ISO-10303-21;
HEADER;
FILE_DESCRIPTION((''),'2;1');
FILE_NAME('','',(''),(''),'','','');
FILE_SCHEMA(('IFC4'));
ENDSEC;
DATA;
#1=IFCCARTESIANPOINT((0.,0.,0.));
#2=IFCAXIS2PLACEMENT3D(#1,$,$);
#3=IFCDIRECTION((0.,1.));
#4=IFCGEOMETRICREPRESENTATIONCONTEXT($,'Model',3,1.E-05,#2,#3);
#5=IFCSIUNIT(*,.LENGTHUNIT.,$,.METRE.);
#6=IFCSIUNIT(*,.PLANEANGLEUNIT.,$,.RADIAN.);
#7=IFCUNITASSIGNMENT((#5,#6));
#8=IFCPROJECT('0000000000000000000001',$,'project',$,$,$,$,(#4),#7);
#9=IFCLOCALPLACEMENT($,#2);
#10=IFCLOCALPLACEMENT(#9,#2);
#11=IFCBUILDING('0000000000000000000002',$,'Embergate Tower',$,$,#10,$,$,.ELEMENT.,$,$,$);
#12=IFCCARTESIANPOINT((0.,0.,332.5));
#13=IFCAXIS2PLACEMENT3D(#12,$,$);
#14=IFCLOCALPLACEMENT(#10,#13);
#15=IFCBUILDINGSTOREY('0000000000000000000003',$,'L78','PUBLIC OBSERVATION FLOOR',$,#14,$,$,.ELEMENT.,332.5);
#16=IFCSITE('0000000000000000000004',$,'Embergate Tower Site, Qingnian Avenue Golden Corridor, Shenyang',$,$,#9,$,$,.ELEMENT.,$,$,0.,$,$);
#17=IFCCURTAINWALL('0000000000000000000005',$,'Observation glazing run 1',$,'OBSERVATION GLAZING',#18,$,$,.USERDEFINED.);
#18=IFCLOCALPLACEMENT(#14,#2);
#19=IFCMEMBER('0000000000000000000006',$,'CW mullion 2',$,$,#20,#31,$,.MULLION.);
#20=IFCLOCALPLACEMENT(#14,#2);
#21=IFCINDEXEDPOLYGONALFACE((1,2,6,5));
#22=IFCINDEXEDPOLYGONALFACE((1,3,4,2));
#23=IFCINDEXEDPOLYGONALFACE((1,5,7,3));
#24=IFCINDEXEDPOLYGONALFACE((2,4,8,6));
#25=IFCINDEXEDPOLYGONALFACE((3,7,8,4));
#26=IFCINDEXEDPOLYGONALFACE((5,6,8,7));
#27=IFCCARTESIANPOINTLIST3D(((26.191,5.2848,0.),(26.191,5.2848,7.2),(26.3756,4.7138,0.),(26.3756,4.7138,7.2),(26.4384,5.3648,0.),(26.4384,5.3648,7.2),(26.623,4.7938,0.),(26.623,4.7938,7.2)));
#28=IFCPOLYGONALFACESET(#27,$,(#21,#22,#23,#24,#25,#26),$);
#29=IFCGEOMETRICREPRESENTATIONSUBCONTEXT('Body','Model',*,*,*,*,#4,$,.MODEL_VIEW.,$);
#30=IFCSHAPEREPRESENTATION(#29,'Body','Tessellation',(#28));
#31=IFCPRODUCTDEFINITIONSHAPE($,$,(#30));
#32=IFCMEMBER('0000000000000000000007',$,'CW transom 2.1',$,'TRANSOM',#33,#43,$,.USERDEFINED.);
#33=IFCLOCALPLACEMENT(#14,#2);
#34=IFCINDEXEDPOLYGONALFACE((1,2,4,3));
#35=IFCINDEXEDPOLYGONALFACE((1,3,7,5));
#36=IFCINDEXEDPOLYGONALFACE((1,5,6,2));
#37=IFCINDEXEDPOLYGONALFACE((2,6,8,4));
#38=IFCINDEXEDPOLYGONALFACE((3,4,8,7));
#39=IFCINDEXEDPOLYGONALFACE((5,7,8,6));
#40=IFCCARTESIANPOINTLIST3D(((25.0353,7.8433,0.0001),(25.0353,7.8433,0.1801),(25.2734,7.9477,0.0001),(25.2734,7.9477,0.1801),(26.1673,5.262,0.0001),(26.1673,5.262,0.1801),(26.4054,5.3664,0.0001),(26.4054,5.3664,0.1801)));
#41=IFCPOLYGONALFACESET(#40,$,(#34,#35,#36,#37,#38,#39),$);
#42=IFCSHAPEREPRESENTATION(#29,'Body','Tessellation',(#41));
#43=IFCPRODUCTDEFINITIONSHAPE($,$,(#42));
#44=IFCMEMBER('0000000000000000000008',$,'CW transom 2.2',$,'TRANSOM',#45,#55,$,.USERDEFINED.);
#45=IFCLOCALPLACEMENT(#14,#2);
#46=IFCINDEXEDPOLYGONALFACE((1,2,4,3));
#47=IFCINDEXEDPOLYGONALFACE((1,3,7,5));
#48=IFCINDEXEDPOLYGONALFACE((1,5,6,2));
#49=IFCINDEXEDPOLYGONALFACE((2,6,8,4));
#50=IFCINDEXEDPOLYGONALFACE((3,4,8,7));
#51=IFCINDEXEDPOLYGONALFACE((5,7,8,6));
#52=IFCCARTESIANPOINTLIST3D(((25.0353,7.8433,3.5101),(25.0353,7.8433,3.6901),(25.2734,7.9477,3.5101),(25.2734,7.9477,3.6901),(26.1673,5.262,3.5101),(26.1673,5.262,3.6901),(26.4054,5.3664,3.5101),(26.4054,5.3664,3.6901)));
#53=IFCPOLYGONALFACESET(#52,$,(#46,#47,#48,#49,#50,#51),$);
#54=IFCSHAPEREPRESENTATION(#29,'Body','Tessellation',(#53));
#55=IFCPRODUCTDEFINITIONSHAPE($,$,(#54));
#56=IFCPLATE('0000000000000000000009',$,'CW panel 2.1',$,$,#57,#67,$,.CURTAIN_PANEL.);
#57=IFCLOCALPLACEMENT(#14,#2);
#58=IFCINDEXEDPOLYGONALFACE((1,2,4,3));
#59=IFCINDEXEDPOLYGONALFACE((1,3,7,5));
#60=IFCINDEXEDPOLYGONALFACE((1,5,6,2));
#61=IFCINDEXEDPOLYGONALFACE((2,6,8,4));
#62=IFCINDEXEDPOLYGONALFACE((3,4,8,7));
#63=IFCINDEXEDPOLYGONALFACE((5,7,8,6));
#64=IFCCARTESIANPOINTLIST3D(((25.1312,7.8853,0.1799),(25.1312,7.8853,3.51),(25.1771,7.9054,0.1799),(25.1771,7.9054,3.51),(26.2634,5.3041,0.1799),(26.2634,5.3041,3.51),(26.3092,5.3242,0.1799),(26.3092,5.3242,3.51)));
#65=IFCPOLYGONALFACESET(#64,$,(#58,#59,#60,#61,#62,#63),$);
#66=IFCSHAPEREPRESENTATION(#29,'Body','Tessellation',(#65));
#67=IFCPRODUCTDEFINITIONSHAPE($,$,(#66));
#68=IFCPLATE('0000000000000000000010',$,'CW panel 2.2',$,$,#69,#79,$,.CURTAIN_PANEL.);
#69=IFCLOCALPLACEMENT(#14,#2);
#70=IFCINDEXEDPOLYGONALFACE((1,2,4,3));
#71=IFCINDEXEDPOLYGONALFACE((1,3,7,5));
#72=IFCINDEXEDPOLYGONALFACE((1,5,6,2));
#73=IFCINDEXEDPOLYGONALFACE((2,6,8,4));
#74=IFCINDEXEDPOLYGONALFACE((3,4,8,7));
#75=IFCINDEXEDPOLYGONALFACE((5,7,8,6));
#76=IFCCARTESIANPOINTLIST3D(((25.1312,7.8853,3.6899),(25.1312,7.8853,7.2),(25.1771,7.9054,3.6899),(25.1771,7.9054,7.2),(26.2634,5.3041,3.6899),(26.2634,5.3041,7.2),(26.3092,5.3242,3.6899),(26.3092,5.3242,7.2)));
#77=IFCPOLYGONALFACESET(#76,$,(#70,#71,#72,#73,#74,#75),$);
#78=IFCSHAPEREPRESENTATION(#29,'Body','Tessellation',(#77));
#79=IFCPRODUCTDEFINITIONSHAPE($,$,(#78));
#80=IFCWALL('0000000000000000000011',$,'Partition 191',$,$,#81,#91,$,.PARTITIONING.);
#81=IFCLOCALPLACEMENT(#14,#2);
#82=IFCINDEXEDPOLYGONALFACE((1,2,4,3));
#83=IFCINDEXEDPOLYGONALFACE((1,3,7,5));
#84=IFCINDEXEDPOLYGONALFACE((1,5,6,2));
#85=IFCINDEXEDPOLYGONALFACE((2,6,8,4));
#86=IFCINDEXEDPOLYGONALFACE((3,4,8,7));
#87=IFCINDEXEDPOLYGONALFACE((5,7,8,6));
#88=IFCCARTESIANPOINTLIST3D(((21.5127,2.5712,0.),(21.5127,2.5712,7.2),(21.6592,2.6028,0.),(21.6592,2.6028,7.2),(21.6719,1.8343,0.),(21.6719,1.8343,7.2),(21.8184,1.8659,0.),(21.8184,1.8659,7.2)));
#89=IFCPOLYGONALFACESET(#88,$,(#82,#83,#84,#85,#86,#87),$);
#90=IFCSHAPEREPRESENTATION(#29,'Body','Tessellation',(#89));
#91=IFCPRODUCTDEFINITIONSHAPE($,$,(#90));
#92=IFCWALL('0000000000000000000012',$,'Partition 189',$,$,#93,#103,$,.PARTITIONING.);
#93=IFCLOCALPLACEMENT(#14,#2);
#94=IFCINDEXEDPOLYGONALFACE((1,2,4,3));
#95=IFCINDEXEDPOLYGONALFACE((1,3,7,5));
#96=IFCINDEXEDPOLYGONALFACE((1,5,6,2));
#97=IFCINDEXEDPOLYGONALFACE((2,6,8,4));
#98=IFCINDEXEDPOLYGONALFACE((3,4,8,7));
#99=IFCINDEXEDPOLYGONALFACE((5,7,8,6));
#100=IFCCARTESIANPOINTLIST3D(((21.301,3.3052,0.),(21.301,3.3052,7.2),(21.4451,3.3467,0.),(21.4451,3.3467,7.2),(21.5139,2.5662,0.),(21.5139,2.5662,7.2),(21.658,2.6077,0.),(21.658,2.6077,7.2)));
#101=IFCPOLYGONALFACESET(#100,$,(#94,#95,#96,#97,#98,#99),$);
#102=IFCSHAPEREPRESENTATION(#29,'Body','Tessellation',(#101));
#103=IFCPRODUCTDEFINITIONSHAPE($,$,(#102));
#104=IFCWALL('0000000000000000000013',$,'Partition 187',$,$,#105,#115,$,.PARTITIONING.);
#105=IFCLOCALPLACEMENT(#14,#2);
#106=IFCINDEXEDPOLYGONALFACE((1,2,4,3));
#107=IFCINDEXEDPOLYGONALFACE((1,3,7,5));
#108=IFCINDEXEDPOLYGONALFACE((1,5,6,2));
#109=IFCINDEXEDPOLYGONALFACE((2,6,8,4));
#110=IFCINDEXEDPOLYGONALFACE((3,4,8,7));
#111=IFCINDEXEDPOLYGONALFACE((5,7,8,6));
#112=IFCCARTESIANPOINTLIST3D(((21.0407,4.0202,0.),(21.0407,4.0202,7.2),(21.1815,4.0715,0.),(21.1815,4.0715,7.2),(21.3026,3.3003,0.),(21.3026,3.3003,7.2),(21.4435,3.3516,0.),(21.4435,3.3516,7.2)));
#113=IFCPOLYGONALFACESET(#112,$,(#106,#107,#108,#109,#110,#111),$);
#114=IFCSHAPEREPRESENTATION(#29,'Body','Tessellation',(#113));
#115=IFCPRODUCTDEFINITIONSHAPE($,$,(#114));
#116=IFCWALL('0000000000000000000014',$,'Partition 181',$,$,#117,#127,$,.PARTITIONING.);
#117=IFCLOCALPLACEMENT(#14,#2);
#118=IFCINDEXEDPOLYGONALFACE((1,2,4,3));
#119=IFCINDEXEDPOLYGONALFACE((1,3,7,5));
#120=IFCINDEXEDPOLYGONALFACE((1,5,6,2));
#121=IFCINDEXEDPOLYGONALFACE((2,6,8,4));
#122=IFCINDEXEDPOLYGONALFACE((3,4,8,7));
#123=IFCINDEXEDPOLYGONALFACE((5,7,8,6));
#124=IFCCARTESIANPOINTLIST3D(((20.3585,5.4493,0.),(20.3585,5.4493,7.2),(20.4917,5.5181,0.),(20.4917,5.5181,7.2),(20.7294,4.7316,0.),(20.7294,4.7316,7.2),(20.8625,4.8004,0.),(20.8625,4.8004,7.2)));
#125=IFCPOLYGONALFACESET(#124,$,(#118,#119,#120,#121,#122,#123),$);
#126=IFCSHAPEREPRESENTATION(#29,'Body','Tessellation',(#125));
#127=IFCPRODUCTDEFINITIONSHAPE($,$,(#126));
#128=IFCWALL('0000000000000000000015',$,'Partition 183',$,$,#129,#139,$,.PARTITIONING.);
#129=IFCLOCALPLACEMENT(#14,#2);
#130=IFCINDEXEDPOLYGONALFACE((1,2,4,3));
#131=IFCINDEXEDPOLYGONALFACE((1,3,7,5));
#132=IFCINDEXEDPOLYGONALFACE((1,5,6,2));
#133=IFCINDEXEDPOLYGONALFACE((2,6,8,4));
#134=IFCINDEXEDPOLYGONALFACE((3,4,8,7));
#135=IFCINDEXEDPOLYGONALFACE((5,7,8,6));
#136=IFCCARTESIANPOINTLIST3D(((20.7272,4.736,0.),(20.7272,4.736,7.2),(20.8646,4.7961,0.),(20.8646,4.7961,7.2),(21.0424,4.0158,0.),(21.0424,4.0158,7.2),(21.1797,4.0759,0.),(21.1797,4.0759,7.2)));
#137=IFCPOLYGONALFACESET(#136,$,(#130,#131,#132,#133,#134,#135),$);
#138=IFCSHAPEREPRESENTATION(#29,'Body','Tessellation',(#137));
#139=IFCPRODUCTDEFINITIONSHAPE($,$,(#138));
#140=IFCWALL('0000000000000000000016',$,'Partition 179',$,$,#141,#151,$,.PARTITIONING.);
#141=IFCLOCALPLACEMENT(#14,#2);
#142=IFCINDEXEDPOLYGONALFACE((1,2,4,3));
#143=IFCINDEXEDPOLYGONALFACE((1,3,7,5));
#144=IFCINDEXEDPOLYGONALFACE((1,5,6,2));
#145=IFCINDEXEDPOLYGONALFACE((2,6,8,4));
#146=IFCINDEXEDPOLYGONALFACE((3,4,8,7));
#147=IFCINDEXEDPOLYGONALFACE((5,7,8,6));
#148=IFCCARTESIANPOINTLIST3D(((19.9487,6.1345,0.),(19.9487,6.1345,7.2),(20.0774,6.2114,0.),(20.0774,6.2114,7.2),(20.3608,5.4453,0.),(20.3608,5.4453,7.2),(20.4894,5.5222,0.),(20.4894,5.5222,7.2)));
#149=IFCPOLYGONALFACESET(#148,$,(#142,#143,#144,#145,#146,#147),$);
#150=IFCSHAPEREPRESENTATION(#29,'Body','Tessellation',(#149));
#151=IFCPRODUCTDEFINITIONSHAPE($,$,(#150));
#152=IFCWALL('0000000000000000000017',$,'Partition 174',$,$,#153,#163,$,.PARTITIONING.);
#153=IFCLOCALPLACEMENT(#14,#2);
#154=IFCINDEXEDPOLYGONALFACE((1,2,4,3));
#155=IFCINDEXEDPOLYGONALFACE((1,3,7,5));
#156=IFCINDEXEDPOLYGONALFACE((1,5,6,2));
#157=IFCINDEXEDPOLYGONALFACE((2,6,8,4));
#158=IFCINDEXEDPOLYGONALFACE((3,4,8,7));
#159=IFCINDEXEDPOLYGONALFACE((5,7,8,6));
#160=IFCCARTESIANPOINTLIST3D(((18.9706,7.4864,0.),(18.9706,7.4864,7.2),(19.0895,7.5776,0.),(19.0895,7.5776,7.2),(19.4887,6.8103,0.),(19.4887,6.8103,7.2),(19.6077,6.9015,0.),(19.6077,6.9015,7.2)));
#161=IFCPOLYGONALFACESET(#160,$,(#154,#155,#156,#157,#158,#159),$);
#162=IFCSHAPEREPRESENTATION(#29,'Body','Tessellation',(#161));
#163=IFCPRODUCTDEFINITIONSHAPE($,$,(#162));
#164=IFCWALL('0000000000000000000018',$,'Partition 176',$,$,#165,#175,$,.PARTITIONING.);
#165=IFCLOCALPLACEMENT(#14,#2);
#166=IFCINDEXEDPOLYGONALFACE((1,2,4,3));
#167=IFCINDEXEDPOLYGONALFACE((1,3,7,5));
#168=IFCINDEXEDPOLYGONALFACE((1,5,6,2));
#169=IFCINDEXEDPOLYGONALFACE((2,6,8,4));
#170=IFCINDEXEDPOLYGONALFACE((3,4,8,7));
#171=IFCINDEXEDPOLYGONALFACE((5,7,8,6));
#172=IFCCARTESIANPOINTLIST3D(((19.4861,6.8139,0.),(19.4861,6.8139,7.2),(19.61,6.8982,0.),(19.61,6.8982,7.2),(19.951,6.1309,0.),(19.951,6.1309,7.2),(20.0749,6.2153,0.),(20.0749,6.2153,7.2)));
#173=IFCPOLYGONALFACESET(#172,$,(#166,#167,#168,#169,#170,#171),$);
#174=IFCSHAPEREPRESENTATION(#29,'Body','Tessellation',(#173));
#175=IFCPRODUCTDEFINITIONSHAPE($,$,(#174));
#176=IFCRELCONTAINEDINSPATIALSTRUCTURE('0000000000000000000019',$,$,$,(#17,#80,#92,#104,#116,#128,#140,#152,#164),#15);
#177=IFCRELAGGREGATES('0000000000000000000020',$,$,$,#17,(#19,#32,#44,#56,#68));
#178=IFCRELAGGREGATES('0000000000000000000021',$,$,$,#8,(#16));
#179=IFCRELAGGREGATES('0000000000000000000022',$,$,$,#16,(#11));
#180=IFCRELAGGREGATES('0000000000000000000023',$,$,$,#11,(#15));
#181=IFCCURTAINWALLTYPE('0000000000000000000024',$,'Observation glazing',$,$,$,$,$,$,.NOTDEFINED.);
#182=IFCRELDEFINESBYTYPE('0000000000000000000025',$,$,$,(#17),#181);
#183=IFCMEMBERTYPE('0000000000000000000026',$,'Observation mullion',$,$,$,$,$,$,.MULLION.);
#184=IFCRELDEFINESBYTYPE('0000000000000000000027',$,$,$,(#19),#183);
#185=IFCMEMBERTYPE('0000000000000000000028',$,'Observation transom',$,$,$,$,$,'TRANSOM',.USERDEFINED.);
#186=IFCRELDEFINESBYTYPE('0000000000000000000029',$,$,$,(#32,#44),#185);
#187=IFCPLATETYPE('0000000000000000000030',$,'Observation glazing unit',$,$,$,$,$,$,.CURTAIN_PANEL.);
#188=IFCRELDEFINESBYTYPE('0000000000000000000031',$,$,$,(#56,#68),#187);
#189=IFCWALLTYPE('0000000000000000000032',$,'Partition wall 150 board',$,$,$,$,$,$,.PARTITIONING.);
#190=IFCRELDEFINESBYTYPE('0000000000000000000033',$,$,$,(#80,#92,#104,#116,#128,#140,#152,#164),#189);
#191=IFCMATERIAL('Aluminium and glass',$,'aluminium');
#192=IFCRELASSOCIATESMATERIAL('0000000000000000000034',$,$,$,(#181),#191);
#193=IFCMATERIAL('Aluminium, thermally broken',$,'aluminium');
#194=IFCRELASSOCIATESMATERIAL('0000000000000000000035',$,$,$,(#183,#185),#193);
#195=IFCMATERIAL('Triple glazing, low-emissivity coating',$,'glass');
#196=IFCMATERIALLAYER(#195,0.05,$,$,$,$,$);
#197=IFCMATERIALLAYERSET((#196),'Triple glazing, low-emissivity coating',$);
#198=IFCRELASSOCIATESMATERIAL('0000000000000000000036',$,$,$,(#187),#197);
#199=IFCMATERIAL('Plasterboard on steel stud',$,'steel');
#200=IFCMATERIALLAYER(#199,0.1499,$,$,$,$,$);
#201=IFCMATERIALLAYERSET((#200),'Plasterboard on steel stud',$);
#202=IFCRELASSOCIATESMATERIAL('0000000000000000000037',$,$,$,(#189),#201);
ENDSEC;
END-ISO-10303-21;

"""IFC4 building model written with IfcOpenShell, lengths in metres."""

from ifc_helpers import new_model, si_unit, direction, frame, frame_2d, origin, origin_2d, place, context, subcontext, project, spatial, rectangle, extrude, source, transform, mapped, material, layer, layer_set, material_profile, profile_set, type_object, element, aggregate, save


model = new_model("IFC4")

# Units and contexts
model_context = context("Model", 3, precision=1e-05, world=origin(), true_north=direction((0.0, 1.0)))
body_context = subcontext(model_context, "Body", "Model", "MODEL_VIEW")
ifc_project = project(units=[si_unit("LENGTHUNIT", "METRE"), si_unit("PLANEANGLEUNIT", "RADIAN")], contexts=[model_context])

# Site, building, storey
site_placement = place(None, origin())
site = spatial("IfcSite", under=ifc_project, at=site_placement, Name="Embergate Tower Site, Qingnian Avenue Golden Corridor, Shenyang", CompositionType="ELEMENT", RefElevation=0.0)
building_placement = place(site_placement, origin())
building = spatial("IfcBuilding", under=site, at=building_placement, Name="Embergate Tower", CompositionType="ELEMENT")
storey_placement = place(building_placement, frame((0.0, 0.0, 332.5)))
storey = spatial("IfcBuildingStorey", under=building, at=storey_placement, Name="L78", Description="PUBLIC OBSERVATION FLOOR", CompositionType="ELEMENT", Elevation=332.5)

# Curtain wall, members, plates
ifc_material_1 = material(Name="Aluminium and glass", Category="aluminium")
curtain_wall_type = type_object("IfcCurtainWallType", Name="Observation glazing", PredefinedType="NOTDEFINED", material=ifc_material_1)
curtain_wall_placement = place(storey_placement, origin())
curtain_wall = element("IfcCurtainWall", 1, at=curtain_wall_placement, inside=storey, type_object=curtain_wall_type, Name="Observation glazing run 1", ObjectType="OBSERVATION GLAZING", PredefinedType="USERDEFINED")
ifc_material_2 = material(Name="Aluminium, thermally broken", Category="aluminium")
ifc_material_profile_1 = material_profile(ifc_material_2, rectangle(XDim=0.26, YDim=0.6001, at=origin_2d()), Name="AL 600x260")
ifc_profile_set_1 = profile_set([ifc_material_profile_1], Name="Aluminium, thermally broken")
member_type_1 = type_object("IfcMemberType", Name="Observation mullion", PredefinedType="MULLION", material=ifc_profile_set_1)
shared_shape_1 = source(origin(), body_context, "Body", "SweptSolid", [
    extrude(rectangle(XDim=0.26, YDim=0.6001, at=origin_2d()), origin(), (0.0, 0.0, 1.0), 7.2),
])
member_1_placement = place(storey_placement, frame((26.407, 5.0393, 0.0), z_axis=(0.0, 0.0, 1.0), x_axis=(-0.951485, -0.307695, 0.0)))
member_1 = element("IfcMember", 2, at=member_1_placement, type_object=member_type_1, Name="CW mullion 2", PredefinedType="MULLION", context=body_context, shape_type="MappedRepresentation", body=[
    mapped(shared_shape_1, transform((0.0, 0.0, 0.0))),
])
ifc_material_profile_2 = material_profile(ifc_material_2, rectangle(XDim=0.26, YDim=0.1799, at=origin_2d()), Name="AL 180x260")
ifc_profile_set_2 = profile_set([ifc_material_profile_2], Name="Aluminium, thermally broken")
member_type_2 = type_object("IfcMemberType", Name="Observation transom", ElementType="TRANSOM", PredefinedType="USERDEFINED", material=ifc_profile_set_2)
shared_shape_2 = source(origin(), body_context, "Body", "SweptSolid", [
    extrude(rectangle(XDim=0.26, YDim=0.1799, at=origin_2d()), origin(), (0.0, 0.0, 1.0), 2.8186),
])
member_2_placement = place(storey_placement, frame((26.2864, 5.3142, 0.0901), z_axis=(-0.401641, 0.915797, 0.0), x_axis=(-0.915797, -0.401641, 0.0)))
member_2 = element("IfcMember", 3, at=member_2_placement, type_object=member_type_2, Name="CW transom 2.1", ObjectType="TRANSOM", PredefinedType="USERDEFINED", context=body_context, shape_type="MappedRepresentation", body=[
    mapped(shared_shape_2, transform((0.0, 0.0, 0.0))),
])
member_3_placement = place(storey_placement, frame((26.2864, 5.3142, 3.6001), z_axis=(-0.401641, 0.915797, 0.0), x_axis=(-0.915797, -0.401641, 0.0)))
member_3 = element("IfcMember", 4, at=member_3_placement, type_object=member_type_2, Name="CW transom 2.2", ObjectType="TRANSOM", PredefinedType="USERDEFINED", context=body_context, shape_type="MappedRepresentation", body=[
    mapped(shared_shape_2, transform((0.0, 0.0, 0.0))),
])
ifc_material_3 = material(Name="Triple glazing, low-emissivity coating", Category="glass")
ifc_layer_1 = layer(ifc_material_3, 0.05)
ifc_layer_set_1 = layer_set([ifc_layer_1], Name="Triple glazing, low-emissivity coating")
plate_type = type_object("IfcPlateType", Name="Observation glazing unit", PredefinedType="CURTAIN_PANEL", material=ifc_layer_set_1)
shared_shape_3 = source(origin(), body_context, "Body", "SweptSolid", [
    extrude(rectangle(XDim=2.8186, YDim=0.05, at=origin_2d()), origin(), (0.0, 0.0, 1.0), 3.3301),
])
plate_1_placement = place(storey_placement, frame((25.7202, 6.6047, 0.1799), z_axis=(0.0, 0.0, 1.0), x_axis=(-0.401665, 0.915787, 0.0)))
plate_1 = element("IfcPlate", 5, at=plate_1_placement, type_object=plate_type, Name="CW panel 2.1", PredefinedType="CURTAIN_PANEL", context=body_context, shape_type="MappedRepresentation", body=[
    mapped(shared_shape_3, transform((0.0, 0.0, 0.0))),
])
shared_shape_4 = source(origin(), body_context, "Body", "SweptSolid", [
    extrude(rectangle(XDim=2.8186, YDim=0.05, at=origin_2d()), origin(), (0.0, 0.0, 1.0), 3.51),
])
plate_2_placement = place(storey_placement, frame((25.7202, 6.6047, 3.6899), z_axis=(0.0, 0.0, 1.0), x_axis=(-0.401665, 0.915787, 0.0)))
plate_2 = element("IfcPlate", 6, at=plate_2_placement, type_object=plate_type, Name="CW panel 2.2", PredefinedType="CURTAIN_PANEL", context=body_context, shape_type="MappedRepresentation", body=[
    mapped(shared_shape_4, transform((0.0, 0.0, 0.0))),
])
aggregate(curtain_wall, [member_1, member_2, member_3, plate_1, plate_2])

# Walls
ifc_material_4 = material(Name="Plasterboard on steel stud", Category="steel")
ifc_layer_2 = layer(ifc_material_4, 0.1499)
ifc_layer_set_2 = layer_set([ifc_layer_2], Name="Plasterboard on steel stud")
wall_type_1 = type_object("IfcWallType", Name="Partition wall 150 board", PredefinedType="PARTITIONING", material=ifc_layer_set_2)
shared_shape_5 = source(origin(), body_context, "Body", "SweptSolid", [
    extrude(rectangle(XDim=0.7539, YDim=0.1499, at=frame_2d((0.377, 0.0))), origin(), (0.0, 0.0, 1.0), 7.2),
])
wall_1_placement = place(storey_placement, frame((21.7451, 1.8501, 0.0), z_axis=(0.0, 0.0, 1.0), x_axis=(-0.211166, 0.97745, 0.0)))
element("IfcWall", 7, at=wall_1_placement, inside=storey, type_object=wall_type_1, Name="Partition 191", PredefinedType="PARTITIONING", context=body_context, shape_type="MappedRepresentation", body=[
    mapped(shared_shape_5, transform((0.0, 0.0, 0.0))),
])
shared_shape_6 = source(origin(), body_context, "Body", "SweptSolid", [
    extrude(rectangle(XDim=0.769, YDim=0.1499, at=frame_2d((0.3845, 0.0))), origin(), (0.0, 0.0, 1.0), 7.2),
])
wall_2_placement = place(storey_placement, frame((21.5859, 2.5869, 0.0), z_axis=(0.0, 0.0, 1.0), x_axis=(-0.276817, 0.960923, 0.0)))
element("IfcWall", 8, at=wall_2_placement, inside=storey, type_object=wall_type_1, Name="Partition 189", PredefinedType="PARTITIONING", context=body_context, shape_type="MappedRepresentation", body=[
    mapped(shared_shape_6, transform((0.0, 0.0, 0.0))),
])
shared_shape_7 = source(origin(), body_context, "Body", "SweptSolid", [
    extrude(rectangle(XDim=0.7661, YDim=0.1499, at=frame_2d((0.3831, 0.0))), origin(), (0.0, 0.0, 1.0), 7.2),
])
wall_3_placement = place(storey_placement, frame((21.373, 3.3259, 0.0), z_axis=(0.0, 0.0, 1.0), x_axis=(-0.341922, 0.939728, 0.0)))
element("IfcWall", 9, at=wall_3_placement, inside=storey, type_object=wall_type_1, Name="Partition 187", PredefinedType="PARTITIONING", context=body_context, shape_type="MappedRepresentation", body=[
    mapped(shared_shape_7, transform((0.0, 0.0, 0.0))),
])
shared_shape_8 = source(origin(), body_context, "Body", "SweptSolid", [
    extrude(rectangle(XDim=0.8079, YDim=0.1499, at=frame_2d((0.4038, 0.0))), origin(), (0.0, 0.0, 1.0), 7.2),
])
wall_4_placement = place(storey_placement, frame((20.7959, 4.7661, 0.0), z_axis=(0.0, 0.0, 1.0), x_axis=(-0.45902, 0.888426, 0.0)))
element("IfcWall", 10, at=wall_4_placement, inside=storey, type_object=wall_type_1, Name="Partition 181", PredefinedType="PARTITIONING", context=body_context, shape_type="MappedRepresentation", body=[
    mapped(shared_shape_8, transform((0.0, 0.0, 0.0))),
])
shared_shape_9 = source(origin(), body_context, "Body", "SweptSolid", [
    extrude(rectangle(XDim=0.7861, YDim=0.1499, at=frame_2d((0.3931, 0.0))), origin(), (0.0, 0.0, 1.0), 7.2),
])
wall_5_placement = place(storey_placement, frame((21.1111, 4.0459, 0.0), z_axis=(0.0, 0.0, 1.0), x_axis=(-0.400917, 0.916115, 0.0)))
element("IfcWall", 11, at=wall_5_placement, inside=storey, type_object=wall_type_1, Name="Partition 183", PredefinedType="PARTITIONING", context=body_context, shape_type="MappedRepresentation", body=[
    mapped(shared_shape_9, transform((0.0, 0.0, 0.0))),
])
shared_shape_10 = source(origin(), body_context, "Body", "SweptSolid", [
    extrude(rectangle(XDim=0.803, YDim=0.1499, at=frame_2d((0.4014, 0.0))), origin(), (0.0, 0.0, 1.0), 7.2),
])
wall_6_placement = place(storey_placement, frame((20.425, 5.4839, 0.0), z_axis=(0.0, 0.0, 1.0), x_axis=(-0.513199, 0.85827, 0.0)))
element("IfcWall", 12, at=wall_6_placement, inside=storey, type_object=wall_type_1, Name="Partition 179", PredefinedType="PARTITIONING", context=body_context, shape_type="MappedRepresentation", body=[
    mapped(shared_shape_10, transform((0.0, 0.0, 0.0))),
])
shared_shape_11 = source(origin(), body_context, "Body", "SweptSolid", [
    extrude(rectangle(XDim=0.8518, YDim=0.1499, at=frame_2d((0.4258, 0.0))), origin(), (0.0, 0.0, 1.0), 7.2),
])
wall_7_placement = place(storey_placement, frame((19.5481, 6.856, 0.0), z_axis=(0.0, 0.0, 1.0), x_axis=(-0.608269, 0.793731, 0.0)))
element("IfcWall", 13, at=wall_7_placement, inside=storey, type_object=wall_type_1, Name="Partition 174", PredefinedType="PARTITIONING", context=body_context, shape_type="MappedRepresentation", body=[
    mapped(shared_shape_11, transform((0.0, 0.0, 0.0))),
])
shared_shape_12 = source(origin(), body_context, "Body", "SweptSolid", [
    extrude(rectangle(XDim=0.8262, YDim=0.1499, at=frame_2d((0.4131, 0.0))), origin(), (0.0, 0.0, 1.0), 7.2),
])
wall_8_placement = place(storey_placement, frame((20.0129, 6.1731, 0.0), z_axis=(0.0, 0.0, 1.0), x_axis=(-0.562722, 0.826646, 0.0)))
element("IfcWall", 14, at=wall_8_placement, inside=storey, type_object=wall_type_1, Name="Partition 176", PredefinedType="PARTITIONING", context=body_context, shape_type="MappedRepresentation", body=[
    mapped(shared_shape_12, transform((0.0, 0.0, 0.0))),
])

save(model, "model.ifc")
